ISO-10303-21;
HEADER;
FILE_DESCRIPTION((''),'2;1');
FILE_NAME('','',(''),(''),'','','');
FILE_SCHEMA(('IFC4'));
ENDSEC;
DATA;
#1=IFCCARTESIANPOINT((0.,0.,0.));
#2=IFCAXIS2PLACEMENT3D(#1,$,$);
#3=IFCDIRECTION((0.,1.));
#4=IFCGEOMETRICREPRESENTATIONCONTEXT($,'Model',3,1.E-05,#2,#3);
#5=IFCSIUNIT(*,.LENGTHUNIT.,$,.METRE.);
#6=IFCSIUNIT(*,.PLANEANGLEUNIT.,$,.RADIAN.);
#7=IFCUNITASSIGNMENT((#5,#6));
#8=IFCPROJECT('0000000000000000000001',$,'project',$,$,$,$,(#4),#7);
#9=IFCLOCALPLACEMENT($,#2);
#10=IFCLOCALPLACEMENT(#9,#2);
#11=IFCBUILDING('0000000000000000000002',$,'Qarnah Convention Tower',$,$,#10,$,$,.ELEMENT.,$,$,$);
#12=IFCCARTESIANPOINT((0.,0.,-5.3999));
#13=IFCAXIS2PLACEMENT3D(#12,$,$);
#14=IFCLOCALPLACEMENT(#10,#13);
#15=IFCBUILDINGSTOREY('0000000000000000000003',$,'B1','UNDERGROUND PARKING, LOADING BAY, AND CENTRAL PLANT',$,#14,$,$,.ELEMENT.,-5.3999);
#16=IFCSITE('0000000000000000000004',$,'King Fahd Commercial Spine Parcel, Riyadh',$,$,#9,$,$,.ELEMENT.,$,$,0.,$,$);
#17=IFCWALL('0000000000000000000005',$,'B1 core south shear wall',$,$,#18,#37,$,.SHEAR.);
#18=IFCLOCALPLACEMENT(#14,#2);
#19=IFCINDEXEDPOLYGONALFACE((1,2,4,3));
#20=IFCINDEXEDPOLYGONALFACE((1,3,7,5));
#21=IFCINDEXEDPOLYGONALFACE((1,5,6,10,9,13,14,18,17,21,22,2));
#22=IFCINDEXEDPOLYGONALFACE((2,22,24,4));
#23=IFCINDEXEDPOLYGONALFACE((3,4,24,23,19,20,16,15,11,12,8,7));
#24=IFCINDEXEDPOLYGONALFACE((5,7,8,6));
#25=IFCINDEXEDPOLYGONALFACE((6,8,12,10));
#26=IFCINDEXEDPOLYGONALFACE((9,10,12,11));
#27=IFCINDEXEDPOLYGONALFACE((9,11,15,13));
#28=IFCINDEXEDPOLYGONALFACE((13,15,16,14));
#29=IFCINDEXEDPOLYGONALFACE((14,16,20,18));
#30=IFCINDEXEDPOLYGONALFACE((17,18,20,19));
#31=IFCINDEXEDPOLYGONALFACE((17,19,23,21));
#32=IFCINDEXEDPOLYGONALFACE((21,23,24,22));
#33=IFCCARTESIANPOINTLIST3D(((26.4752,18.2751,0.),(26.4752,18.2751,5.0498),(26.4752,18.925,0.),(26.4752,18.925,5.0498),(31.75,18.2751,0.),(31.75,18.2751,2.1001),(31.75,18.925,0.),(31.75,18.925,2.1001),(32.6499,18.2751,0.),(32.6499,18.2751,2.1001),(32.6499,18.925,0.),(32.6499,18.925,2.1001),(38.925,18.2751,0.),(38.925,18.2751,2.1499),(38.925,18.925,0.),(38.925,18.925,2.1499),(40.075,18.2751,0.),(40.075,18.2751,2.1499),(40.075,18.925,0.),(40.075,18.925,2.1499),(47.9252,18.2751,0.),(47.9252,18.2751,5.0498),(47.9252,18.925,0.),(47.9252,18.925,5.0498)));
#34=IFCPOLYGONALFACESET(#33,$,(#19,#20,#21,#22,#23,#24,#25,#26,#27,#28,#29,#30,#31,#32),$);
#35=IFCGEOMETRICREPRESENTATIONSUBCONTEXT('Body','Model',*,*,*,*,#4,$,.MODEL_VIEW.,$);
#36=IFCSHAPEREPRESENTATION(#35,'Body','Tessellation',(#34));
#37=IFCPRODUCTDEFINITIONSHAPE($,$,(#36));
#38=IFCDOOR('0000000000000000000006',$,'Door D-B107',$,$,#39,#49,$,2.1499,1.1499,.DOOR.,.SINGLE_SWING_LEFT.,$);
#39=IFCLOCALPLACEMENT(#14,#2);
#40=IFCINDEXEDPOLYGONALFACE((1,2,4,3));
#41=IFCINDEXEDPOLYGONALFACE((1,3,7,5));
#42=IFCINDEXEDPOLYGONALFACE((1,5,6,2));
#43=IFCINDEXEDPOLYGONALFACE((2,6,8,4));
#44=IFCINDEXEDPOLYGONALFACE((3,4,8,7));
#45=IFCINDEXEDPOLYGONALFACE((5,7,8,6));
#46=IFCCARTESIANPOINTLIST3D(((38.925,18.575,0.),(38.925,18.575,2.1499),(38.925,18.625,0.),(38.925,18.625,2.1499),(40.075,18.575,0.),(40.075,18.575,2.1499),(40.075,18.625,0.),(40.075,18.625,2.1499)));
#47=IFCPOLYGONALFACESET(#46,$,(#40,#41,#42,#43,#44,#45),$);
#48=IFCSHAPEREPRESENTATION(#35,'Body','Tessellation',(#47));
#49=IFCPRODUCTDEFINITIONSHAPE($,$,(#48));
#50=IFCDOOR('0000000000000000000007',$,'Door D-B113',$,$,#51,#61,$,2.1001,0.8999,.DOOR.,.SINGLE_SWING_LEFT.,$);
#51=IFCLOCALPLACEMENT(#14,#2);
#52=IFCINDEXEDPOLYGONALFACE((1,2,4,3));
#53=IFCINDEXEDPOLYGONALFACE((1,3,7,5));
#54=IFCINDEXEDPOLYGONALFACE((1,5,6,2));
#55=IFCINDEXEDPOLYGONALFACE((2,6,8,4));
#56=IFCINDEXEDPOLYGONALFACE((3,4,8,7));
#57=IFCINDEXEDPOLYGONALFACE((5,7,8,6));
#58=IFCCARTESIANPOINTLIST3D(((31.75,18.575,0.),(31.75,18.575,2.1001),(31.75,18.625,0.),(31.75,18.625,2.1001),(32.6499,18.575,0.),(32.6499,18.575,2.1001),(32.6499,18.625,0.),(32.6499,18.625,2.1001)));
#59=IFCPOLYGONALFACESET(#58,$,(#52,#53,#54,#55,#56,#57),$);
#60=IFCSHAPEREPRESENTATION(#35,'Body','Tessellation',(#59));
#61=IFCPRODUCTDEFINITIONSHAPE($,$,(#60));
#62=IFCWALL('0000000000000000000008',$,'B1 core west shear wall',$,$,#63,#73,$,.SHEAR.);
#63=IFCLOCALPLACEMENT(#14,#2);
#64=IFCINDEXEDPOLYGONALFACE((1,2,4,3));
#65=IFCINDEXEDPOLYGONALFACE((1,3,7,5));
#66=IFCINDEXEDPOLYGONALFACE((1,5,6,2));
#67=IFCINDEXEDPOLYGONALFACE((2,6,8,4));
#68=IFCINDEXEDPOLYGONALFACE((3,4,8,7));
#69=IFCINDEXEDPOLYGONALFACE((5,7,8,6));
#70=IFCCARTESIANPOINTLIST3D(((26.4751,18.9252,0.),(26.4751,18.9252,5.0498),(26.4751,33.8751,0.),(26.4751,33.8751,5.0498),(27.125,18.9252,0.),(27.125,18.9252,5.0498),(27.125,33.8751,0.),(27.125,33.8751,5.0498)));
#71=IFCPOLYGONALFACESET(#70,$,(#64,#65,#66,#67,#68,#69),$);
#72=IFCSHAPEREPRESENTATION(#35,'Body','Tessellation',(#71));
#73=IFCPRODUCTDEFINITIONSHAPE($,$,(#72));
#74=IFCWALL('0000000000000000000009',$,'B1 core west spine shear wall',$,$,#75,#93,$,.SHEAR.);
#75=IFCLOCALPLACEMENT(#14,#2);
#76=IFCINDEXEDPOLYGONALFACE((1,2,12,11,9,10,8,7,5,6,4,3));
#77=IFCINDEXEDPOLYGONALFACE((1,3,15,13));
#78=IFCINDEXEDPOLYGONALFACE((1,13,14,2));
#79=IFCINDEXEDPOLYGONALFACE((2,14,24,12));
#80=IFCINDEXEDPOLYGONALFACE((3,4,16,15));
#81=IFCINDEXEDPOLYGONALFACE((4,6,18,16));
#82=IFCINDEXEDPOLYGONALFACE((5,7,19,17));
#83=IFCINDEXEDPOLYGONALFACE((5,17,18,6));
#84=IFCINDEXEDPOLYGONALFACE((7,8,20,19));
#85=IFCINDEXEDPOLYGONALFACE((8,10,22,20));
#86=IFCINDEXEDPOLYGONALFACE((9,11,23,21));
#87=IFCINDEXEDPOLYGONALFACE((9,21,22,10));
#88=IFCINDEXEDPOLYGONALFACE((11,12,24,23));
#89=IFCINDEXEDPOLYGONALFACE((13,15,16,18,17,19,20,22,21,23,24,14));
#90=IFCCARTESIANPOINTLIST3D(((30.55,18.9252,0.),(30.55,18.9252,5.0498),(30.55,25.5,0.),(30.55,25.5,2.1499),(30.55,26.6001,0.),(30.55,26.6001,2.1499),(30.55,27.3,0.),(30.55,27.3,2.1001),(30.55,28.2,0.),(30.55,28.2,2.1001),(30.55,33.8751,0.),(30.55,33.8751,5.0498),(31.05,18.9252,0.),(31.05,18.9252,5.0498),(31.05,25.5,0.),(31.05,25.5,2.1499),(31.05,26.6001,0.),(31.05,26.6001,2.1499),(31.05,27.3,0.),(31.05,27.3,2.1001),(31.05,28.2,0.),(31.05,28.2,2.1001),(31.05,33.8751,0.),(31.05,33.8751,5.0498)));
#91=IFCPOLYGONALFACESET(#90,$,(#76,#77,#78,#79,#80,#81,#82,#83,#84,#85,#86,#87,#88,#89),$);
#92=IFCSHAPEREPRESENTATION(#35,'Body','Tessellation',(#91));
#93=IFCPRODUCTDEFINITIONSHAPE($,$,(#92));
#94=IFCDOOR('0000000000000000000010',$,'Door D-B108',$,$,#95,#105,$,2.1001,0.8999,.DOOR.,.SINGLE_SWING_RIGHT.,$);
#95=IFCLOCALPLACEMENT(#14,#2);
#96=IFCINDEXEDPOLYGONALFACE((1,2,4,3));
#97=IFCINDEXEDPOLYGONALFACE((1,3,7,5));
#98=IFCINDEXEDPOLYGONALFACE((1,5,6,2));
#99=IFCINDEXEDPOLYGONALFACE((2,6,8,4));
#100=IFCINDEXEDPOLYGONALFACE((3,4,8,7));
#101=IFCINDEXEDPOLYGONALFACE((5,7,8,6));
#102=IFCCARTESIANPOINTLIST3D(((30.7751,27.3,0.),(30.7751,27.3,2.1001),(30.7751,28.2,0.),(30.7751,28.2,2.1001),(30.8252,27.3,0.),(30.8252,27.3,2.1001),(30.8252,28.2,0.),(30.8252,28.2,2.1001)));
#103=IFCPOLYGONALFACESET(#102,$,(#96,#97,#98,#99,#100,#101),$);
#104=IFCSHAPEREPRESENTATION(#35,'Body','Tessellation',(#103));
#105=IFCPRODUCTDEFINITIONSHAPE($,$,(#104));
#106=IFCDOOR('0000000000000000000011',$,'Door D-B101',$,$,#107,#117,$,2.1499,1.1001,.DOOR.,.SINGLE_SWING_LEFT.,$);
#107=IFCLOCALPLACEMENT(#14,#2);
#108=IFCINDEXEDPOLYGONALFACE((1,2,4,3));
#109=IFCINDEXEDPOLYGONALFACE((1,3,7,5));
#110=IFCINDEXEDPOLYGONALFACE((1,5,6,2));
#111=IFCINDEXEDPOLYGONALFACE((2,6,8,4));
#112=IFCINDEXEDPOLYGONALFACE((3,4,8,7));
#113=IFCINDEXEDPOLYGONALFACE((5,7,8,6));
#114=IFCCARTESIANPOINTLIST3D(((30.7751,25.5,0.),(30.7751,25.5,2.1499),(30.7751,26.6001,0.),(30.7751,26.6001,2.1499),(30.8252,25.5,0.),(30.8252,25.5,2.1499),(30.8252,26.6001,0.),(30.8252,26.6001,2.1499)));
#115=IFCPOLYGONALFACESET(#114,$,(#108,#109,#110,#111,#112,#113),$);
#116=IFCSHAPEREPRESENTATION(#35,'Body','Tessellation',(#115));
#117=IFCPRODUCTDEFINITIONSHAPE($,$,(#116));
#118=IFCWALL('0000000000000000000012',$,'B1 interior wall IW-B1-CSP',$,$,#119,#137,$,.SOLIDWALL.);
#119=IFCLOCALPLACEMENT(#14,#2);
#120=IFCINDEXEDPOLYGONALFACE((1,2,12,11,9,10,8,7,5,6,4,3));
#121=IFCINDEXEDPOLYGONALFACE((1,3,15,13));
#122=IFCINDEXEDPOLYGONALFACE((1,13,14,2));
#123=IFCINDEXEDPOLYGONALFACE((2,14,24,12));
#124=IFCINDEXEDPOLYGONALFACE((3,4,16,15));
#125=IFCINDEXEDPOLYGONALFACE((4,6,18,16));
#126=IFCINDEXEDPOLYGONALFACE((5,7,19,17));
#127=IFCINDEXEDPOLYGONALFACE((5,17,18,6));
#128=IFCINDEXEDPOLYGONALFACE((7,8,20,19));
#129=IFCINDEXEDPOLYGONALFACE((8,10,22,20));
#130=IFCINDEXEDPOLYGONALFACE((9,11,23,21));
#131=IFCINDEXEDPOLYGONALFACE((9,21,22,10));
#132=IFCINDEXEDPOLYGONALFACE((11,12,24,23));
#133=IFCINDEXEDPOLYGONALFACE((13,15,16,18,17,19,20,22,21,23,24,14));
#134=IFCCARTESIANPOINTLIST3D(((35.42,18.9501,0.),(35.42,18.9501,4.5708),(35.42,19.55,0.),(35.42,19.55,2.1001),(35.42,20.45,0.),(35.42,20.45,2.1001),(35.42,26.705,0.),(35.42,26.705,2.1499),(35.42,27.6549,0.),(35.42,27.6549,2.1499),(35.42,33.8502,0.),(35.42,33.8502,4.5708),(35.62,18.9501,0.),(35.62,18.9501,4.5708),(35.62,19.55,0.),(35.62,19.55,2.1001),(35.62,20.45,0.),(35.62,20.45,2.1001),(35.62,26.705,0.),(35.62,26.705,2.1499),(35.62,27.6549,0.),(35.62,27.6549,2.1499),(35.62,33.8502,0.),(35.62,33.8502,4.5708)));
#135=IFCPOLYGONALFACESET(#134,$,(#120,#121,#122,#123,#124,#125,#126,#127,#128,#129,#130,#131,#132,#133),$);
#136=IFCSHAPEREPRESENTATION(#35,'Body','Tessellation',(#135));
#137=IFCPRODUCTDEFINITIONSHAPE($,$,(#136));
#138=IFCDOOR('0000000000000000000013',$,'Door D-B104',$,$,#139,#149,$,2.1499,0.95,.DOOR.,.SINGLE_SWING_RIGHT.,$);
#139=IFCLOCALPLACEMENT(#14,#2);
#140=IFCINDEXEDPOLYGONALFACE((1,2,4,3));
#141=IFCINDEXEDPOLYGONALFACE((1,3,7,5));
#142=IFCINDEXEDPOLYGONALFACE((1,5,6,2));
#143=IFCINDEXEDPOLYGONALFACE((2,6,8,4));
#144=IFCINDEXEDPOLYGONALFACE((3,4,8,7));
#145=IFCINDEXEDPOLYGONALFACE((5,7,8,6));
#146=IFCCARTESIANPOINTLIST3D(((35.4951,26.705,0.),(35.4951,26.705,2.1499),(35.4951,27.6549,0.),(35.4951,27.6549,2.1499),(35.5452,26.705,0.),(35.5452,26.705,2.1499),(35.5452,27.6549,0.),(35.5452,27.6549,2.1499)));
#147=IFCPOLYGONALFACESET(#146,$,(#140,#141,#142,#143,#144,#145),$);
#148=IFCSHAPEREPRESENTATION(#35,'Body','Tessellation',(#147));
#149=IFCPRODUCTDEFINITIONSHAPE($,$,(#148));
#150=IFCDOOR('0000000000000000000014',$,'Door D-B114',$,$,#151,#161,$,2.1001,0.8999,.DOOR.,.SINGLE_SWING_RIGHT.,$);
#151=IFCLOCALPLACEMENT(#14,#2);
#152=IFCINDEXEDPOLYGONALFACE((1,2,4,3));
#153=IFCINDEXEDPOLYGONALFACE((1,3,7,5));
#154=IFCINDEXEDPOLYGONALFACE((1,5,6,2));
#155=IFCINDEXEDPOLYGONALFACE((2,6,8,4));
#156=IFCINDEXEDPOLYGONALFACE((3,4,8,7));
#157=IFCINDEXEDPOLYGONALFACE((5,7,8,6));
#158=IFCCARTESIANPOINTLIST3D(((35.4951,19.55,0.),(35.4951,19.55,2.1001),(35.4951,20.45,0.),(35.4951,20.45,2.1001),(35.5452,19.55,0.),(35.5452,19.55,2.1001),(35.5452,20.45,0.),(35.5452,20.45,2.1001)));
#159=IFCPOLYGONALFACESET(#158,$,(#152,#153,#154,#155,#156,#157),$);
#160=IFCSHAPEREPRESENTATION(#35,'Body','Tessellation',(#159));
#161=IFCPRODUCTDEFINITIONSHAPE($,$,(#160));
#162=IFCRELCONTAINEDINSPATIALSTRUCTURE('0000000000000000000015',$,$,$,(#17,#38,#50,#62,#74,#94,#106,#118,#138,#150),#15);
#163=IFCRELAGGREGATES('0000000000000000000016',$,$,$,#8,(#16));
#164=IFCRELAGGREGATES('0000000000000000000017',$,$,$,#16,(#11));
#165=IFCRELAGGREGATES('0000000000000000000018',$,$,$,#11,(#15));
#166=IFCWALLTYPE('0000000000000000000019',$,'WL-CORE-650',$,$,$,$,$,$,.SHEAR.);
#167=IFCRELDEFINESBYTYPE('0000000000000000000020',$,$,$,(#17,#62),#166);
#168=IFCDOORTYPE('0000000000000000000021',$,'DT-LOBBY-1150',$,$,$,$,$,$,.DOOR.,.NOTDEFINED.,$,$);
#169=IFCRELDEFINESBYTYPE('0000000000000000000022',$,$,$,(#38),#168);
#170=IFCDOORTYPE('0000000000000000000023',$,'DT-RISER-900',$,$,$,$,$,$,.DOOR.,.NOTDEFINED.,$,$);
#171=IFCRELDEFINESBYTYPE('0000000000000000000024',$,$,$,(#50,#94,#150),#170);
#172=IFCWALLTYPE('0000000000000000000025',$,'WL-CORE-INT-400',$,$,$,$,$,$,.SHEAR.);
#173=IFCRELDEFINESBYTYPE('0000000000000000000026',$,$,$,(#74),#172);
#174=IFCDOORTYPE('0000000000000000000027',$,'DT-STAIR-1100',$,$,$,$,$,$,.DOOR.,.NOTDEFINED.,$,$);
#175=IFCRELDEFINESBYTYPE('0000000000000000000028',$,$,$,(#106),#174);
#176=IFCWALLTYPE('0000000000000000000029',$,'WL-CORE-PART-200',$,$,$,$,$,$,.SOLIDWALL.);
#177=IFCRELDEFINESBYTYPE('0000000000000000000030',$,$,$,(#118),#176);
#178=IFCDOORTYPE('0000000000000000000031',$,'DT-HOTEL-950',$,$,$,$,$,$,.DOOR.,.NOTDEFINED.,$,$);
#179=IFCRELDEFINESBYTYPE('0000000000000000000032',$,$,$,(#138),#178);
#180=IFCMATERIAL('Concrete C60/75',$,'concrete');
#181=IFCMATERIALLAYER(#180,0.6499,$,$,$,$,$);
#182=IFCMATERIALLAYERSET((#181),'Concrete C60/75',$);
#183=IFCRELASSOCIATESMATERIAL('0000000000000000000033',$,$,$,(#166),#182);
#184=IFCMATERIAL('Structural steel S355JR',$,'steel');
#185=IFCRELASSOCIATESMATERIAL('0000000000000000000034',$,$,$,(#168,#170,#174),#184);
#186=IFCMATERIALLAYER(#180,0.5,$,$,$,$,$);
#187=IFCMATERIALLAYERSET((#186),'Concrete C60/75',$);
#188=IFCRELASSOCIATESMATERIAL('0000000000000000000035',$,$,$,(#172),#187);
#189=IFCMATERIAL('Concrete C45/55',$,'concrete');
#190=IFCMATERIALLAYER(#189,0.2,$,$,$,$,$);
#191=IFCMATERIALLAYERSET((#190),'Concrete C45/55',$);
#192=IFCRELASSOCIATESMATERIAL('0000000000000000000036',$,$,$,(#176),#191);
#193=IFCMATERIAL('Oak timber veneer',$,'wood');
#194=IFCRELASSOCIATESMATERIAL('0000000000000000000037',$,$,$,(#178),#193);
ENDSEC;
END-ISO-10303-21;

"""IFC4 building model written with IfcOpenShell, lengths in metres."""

from ifc_helpers import new_model, si_unit, direction, frame, frame_2d, origin, place, context, subcontext, project, spatial, rectangle, extrude, material, layer, layer_set, type_object, element, fill, save


model = new_model("IFC4")

# Units and contexts
model_context = context("Model", 3, precision=1e-05, world=origin(), true_north=direction((0.0, 1.0)))
body_context = subcontext(model_context, "Body", "Model", "MODEL_VIEW")
ifc_project = project(units=[si_unit("LENGTHUNIT", "METRE"), si_unit("PLANEANGLEUNIT", "RADIAN")], contexts=[model_context])

# Site, building, storey
site_placement = place(None, origin())
site = spatial("IfcSite", under=ifc_project, at=site_placement, Name="King Fahd Commercial Spine Parcel, Riyadh", CompositionType="ELEMENT", RefElevation=0.0)
building_placement = place(site_placement, origin())
building = spatial("IfcBuilding", under=site, at=building_placement, Name="Qarnah Convention Tower", CompositionType="ELEMENT")
storey_placement = place(building_placement, frame((0.0, 0.0, -5.3999)))
storey = spatial("IfcBuildingStorey", under=building, at=storey_placement, Name="B1", Description="UNDERGROUND PARKING, LOADING BAY, AND CENTRAL PLANT", CompositionType="ELEMENT", Elevation=-5.3999)

# Shared definitions
ifc_material_1 = material(Name="Concrete C60/75", Category="concrete")

# Shared definitions
ifc_material_2 = material(Name="Structural steel S355JR", Category="steel")

# Wall, openings, doors
ifc_layer_1 = layer(ifc_material_1, 0.6499)
ifc_layer_set_1 = layer_set([ifc_layer_1], Name="Concrete C60/75")
wall_type_1 = type_object("IfcWallType", Name="WL-CORE-650", PredefinedType="SHEAR", material=ifc_layer_set_1)
wall_1_placement = place(storey_placement, frame((26.4751, 18.6001, 0.0), z_axis=(0.0, 0.0, 1.0), x_axis=(1.0, 0.0, 0.0)))
wall_1 = element("IfcWall", 1, at=wall_1_placement, inside=storey, type_object=wall_type_1, Name="B1 core south shear wall", PredefinedType="SHEAR", context=body_context, shape_type="SweptSolid", body=[
    extrude(rectangle(XDim=21.45, YDim=0.6499, at=frame_2d((10.7251, 0.0))), origin(), (0.0, 0.0, 1.0), 5.0498),
])
opening_1_placement = place(wall_1_placement, frame((12.45, 0.0, 0.0)))
opening_1 = element("IfcOpeningElement", 2, at=opening_1_placement, cuts=wall_1, PredefinedType="OPENING", context=body_context, shape_type="SweptSolid", body=[
    extrude(rectangle(XDim=1.1499, YDim=2.1499, at=frame_2d((0.575, 1.075))), frame((0.0, 0.335, 0.0), z_axis=(0.0, -1.0, 0.0), x_axis=(1.0, 0.0, 0.0)), (0.0, 0.0, 1.0), 0.6699),
])
opening_2_placement = place(wall_1_placement, frame((5.2749, 0.0, 0.0)))
opening_2 = element("IfcOpeningElement", 3, at=opening_2_placement, cuts=wall_1, PredefinedType="OPENING", context=body_context, shape_type="SweptSolid", body=[
    extrude(rectangle(XDim=0.8999, YDim=2.1001, at=frame_2d((0.45, 1.05))), frame((0.0, 0.335, 0.0), z_axis=(0.0, -1.0, 0.0), x_axis=(1.0, 0.0, 0.0)), (0.0, 0.0, 1.0), 0.6699),
])
door_type_1 = type_object("IfcDoorType", Name="DT-LOBBY-1150", OperationType="NOTDEFINED", PredefinedType="DOOR", material=ifc_material_2)
door_1_placement = place(opening_1_placement, origin())
door_1 = element("IfcDoor", 4, at=door_1_placement, inside=storey, type_object=door_type_1, Name="Door D-B107", OperationType="SINGLE_SWING_LEFT", OverallHeight=2.1499, OverallWidth=1.1499, PredefinedType="DOOR", context=body_context, shape_type="SweptSolid", body=[
    extrude(rectangle(XDim=1.1499, YDim=2.1499, at=frame_2d((0.575, 1.075))), frame((0.0, 0.0249, 0.0), z_axis=(0.0, -1.0, 0.0), x_axis=(1.0, 0.0, 0.0)), (0.0, 0.0, 1.0), 0.05),
])
fill(opening_1, door_1)
door_type_2 = type_object("IfcDoorType", Name="DT-RISER-900", OperationType="NOTDEFINED", PredefinedType="DOOR", material=ifc_material_2)
door_2_placement = place(opening_2_placement, origin())
door_2 = element("IfcDoor", 5, at=door_2_placement, inside=storey, type_object=door_type_2, Name="Door D-B113", OperationType="SINGLE_SWING_LEFT", OverallHeight=2.1001, OverallWidth=0.8999, PredefinedType="DOOR", context=body_context, shape_type="SweptSolid", body=[
    extrude(rectangle(XDim=0.8999, YDim=2.1001, at=frame_2d((0.45, 1.05))), frame((0.0, 0.0249, 0.0), z_axis=(0.0, -1.0, 0.0), x_axis=(1.0, 0.0, 0.0)), (0.0, 0.0, 1.0), 0.05),
])
fill(opening_2, door_2)

# Wall
wall_2_placement = place(storey_placement, frame((26.8, 18.925, 0.0), z_axis=(0.0, 0.0, 1.0), x_axis=(0.0, 1.0, 0.0)))
element("IfcWall", 6, at=wall_2_placement, inside=storey, type_object=wall_type_1, Name="B1 core west shear wall", PredefinedType="SHEAR", context=body_context, shape_type="SweptSolid", body=[
    extrude(rectangle(XDim=14.95, YDim=0.6499, at=frame_2d((7.4751, 0.0))), origin(), (0.0, 0.0, 1.0), 5.0498),
])

# Walls, openings, doors
ifc_layer_2 = layer(ifc_material_1, 0.5)
ifc_layer_set_2 = layer_set([ifc_layer_2], Name="Concrete C60/75")
wall_type_2 = type_object("IfcWallType", Name="WL-CORE-INT-400", PredefinedType="SHEAR", material=ifc_layer_set_2)
wall_3_placement = place(storey_placement, frame((30.8, 18.925, 0.0), z_axis=(0.0, 0.0, 1.0), x_axis=(0.0, 1.0, 0.0)))
wall_3 = element("IfcWall", 7, at=wall_3_placement, inside=storey, type_object=wall_type_2, Name="B1 core west spine shear wall", PredefinedType="SHEAR", context=body_context, shape_type="SweptSolid", body=[
    extrude(rectangle(XDim=14.95, YDim=0.5, at=frame_2d((7.4751, 0.0))), origin(), (0.0, 0.0, 1.0), 5.0498),
])
opening_3_placement = place(wall_3_placement, frame((6.575, 0.0, 0.0)))
opening_3 = element("IfcOpeningElement", 8, at=opening_3_placement, cuts=wall_3, PredefinedType="OPENING", context=body_context, shape_type="SweptSolid", body=[
    extrude(rectangle(XDim=1.1001, YDim=2.1499, at=frame_2d((0.55, 1.075))), frame((0.0, 0.26, 0.0), z_axis=(0.0, -1.0, 0.0), x_axis=(1.0, 0.0, 0.0)), (0.0, 0.0, 1.0), 0.52),
])
opening_4_placement = place(wall_3_placement, frame((8.375, 0.0, 0.0)))
opening_4 = element("IfcOpeningElement", 9, at=opening_4_placement, cuts=wall_3, PredefinedType="OPENING", context=body_context, shape_type="SweptSolid", body=[
    extrude(rectangle(XDim=0.8999, YDim=2.1001, at=frame_2d((0.45, 1.05))), frame((0.0, 0.26, 0.0), z_axis=(0.0, -1.0, 0.0), x_axis=(1.0, 0.0, 0.0)), (0.0, 0.0, 1.0), 0.52),
])
door_3_placement = place(opening_4_placement, origin())
door_3 = element("IfcDoor", 10, at=door_3_placement, inside=storey, type_object=door_type_2, Name="Door D-B108", OperationType="SINGLE_SWING_RIGHT", OverallHeight=2.1001, OverallWidth=0.8999, PredefinedType="DOOR", context=body_context, shape_type="SweptSolid", body=[
    extrude(rectangle(XDim=0.8999, YDim=2.1001, at=frame_2d((0.45, 1.05))), frame((0.0, 0.0249, 0.0), z_axis=(0.0, -1.0, 0.0), x_axis=(1.0, 0.0, 0.0)), (0.0, 0.0, 1.0), 0.05),
])
fill(opening_4, door_3)
door_type_3 = type_object("IfcDoorType", Name="DT-STAIR-1100", OperationType="NOTDEFINED", PredefinedType="DOOR", material=ifc_material_2)
door_4_placement = place(opening_3_placement, origin())
door_4 = element("IfcDoor", 11, at=door_4_placement, inside=storey, type_object=door_type_3, Name="Door D-B101", OperationType="SINGLE_SWING_LEFT", OverallHeight=2.1499, OverallWidth=1.1001, PredefinedType="DOOR", context=body_context, shape_type="SweptSolid", body=[
    extrude(rectangle(XDim=1.1001, YDim=2.1499, at=frame_2d((0.55, 1.075))), frame((0.0, 0.0249, 0.0), z_axis=(0.0, -1.0, 0.0), x_axis=(1.0, 0.0, 0.0)), (0.0, 0.0, 1.0), 0.05),
])
fill(opening_3, door_4)
ifc_material_3 = material(Name="Concrete C45/55", Category="concrete")
ifc_layer_3 = layer(ifc_material_3, 0.2)
ifc_layer_set_3 = layer_set([ifc_layer_3], Name="Concrete C45/55")
wall_type_3 = type_object("IfcWallType", Name="WL-CORE-PART-200", PredefinedType="SOLIDWALL", material=ifc_layer_set_3)
wall_4_placement = place(storey_placement, frame((35.52, 18.95, 0.0), z_axis=(0.0, 0.0, 1.0), x_axis=(0.0, 1.0, 0.0)))
wall_4 = element("IfcWall", 12, at=wall_4_placement, inside=storey, type_object=wall_type_3, Name="B1 interior wall IW-B1-CSP", PredefinedType="SOLIDWALL", context=body_context, shape_type="SweptSolid", body=[
    extrude(rectangle(XDim=14.9001, YDim=0.2, at=frame_2d((7.4502, 0.0))), origin(), (0.0, 0.0, 1.0), 4.5708),
])
opening_5_placement = place(wall_4_placement, frame((7.7549, 0.0, 0.0)))
opening_5 = element("IfcOpeningElement", 13, at=opening_5_placement, cuts=wall_4, PredefinedType="OPENING", context=body_context, shape_type="SweptSolid", body=[
    extrude(rectangle(XDim=0.95, YDim=2.1499, at=frame_2d((0.4751, 1.075))), frame((0.0, 0.1099, 0.0), z_axis=(0.0, -1.0, 0.0), x_axis=(1.0, 0.0, 0.0)), (0.0, 0.0, 1.0), 0.22),
])
opening_6_placement = place(wall_4_placement, frame((0.6001, 0.0, 0.0)))
opening_6 = element("IfcOpeningElement", 14, at=opening_6_placement, cuts=wall_4, PredefinedType="OPENING", context=body_context, shape_type="SweptSolid", body=[
    extrude(rectangle(XDim=0.8999, YDim=2.1001, at=frame_2d((0.45, 1.05))), frame((0.0, 0.1099, 0.0), z_axis=(0.0, -1.0, 0.0), x_axis=(1.0, 0.0, 0.0)), (0.0, 0.0, 1.0), 0.22),
])
ifc_material_4 = material(Name="Oak timber veneer", Category="wood")
door_type_4 = type_object("IfcDoorType", Name="DT-HOTEL-950", OperationType="NOTDEFINED", PredefinedType="DOOR", material=ifc_material_4)
door_5_placement = place(opening_5_placement, origin())
door_5 = element("IfcDoor", 15, at=door_5_placement, inside=storey, type_object=door_type_4, Name="Door D-B104", OperationType="SINGLE_SWING_RIGHT", OverallHeight=2.1499, OverallWidth=0.95, PredefinedType="DOOR", context=body_context, shape_type="SweptSolid", body=[
    extrude(rectangle(XDim=0.95, YDim=2.1499, at=frame_2d((0.4751, 1.075))), frame((0.0, 0.0249, 0.0), z_axis=(0.0, -1.0, 0.0), x_axis=(1.0, 0.0, 0.0)), (0.0, 0.0, 1.0), 0.05),
])
fill(opening_5, door_5)
door_6_placement = place(opening_6_placement, origin())
door_6 = element("IfcDoor", 16, at=door_6_placement, inside=storey, type_object=door_type_2, Name="Door D-B114", OperationType="SINGLE_SWING_RIGHT", OverallHeight=2.1001, OverallWidth=0.8999, PredefinedType="DOOR", context=body_context, shape_type="SweptSolid", body=[
    extrude(rectangle(XDim=0.8999, YDim=2.1001, at=frame_2d((0.45, 1.05))), frame((0.0, 0.0249, 0.0), z_axis=(0.0, -1.0, 0.0), x_axis=(1.0, 0.0, 0.0)), (0.0, 0.0, 1.0), 0.05),
])
fill(opening_6, door_6)

save(model, "model.ifc")
